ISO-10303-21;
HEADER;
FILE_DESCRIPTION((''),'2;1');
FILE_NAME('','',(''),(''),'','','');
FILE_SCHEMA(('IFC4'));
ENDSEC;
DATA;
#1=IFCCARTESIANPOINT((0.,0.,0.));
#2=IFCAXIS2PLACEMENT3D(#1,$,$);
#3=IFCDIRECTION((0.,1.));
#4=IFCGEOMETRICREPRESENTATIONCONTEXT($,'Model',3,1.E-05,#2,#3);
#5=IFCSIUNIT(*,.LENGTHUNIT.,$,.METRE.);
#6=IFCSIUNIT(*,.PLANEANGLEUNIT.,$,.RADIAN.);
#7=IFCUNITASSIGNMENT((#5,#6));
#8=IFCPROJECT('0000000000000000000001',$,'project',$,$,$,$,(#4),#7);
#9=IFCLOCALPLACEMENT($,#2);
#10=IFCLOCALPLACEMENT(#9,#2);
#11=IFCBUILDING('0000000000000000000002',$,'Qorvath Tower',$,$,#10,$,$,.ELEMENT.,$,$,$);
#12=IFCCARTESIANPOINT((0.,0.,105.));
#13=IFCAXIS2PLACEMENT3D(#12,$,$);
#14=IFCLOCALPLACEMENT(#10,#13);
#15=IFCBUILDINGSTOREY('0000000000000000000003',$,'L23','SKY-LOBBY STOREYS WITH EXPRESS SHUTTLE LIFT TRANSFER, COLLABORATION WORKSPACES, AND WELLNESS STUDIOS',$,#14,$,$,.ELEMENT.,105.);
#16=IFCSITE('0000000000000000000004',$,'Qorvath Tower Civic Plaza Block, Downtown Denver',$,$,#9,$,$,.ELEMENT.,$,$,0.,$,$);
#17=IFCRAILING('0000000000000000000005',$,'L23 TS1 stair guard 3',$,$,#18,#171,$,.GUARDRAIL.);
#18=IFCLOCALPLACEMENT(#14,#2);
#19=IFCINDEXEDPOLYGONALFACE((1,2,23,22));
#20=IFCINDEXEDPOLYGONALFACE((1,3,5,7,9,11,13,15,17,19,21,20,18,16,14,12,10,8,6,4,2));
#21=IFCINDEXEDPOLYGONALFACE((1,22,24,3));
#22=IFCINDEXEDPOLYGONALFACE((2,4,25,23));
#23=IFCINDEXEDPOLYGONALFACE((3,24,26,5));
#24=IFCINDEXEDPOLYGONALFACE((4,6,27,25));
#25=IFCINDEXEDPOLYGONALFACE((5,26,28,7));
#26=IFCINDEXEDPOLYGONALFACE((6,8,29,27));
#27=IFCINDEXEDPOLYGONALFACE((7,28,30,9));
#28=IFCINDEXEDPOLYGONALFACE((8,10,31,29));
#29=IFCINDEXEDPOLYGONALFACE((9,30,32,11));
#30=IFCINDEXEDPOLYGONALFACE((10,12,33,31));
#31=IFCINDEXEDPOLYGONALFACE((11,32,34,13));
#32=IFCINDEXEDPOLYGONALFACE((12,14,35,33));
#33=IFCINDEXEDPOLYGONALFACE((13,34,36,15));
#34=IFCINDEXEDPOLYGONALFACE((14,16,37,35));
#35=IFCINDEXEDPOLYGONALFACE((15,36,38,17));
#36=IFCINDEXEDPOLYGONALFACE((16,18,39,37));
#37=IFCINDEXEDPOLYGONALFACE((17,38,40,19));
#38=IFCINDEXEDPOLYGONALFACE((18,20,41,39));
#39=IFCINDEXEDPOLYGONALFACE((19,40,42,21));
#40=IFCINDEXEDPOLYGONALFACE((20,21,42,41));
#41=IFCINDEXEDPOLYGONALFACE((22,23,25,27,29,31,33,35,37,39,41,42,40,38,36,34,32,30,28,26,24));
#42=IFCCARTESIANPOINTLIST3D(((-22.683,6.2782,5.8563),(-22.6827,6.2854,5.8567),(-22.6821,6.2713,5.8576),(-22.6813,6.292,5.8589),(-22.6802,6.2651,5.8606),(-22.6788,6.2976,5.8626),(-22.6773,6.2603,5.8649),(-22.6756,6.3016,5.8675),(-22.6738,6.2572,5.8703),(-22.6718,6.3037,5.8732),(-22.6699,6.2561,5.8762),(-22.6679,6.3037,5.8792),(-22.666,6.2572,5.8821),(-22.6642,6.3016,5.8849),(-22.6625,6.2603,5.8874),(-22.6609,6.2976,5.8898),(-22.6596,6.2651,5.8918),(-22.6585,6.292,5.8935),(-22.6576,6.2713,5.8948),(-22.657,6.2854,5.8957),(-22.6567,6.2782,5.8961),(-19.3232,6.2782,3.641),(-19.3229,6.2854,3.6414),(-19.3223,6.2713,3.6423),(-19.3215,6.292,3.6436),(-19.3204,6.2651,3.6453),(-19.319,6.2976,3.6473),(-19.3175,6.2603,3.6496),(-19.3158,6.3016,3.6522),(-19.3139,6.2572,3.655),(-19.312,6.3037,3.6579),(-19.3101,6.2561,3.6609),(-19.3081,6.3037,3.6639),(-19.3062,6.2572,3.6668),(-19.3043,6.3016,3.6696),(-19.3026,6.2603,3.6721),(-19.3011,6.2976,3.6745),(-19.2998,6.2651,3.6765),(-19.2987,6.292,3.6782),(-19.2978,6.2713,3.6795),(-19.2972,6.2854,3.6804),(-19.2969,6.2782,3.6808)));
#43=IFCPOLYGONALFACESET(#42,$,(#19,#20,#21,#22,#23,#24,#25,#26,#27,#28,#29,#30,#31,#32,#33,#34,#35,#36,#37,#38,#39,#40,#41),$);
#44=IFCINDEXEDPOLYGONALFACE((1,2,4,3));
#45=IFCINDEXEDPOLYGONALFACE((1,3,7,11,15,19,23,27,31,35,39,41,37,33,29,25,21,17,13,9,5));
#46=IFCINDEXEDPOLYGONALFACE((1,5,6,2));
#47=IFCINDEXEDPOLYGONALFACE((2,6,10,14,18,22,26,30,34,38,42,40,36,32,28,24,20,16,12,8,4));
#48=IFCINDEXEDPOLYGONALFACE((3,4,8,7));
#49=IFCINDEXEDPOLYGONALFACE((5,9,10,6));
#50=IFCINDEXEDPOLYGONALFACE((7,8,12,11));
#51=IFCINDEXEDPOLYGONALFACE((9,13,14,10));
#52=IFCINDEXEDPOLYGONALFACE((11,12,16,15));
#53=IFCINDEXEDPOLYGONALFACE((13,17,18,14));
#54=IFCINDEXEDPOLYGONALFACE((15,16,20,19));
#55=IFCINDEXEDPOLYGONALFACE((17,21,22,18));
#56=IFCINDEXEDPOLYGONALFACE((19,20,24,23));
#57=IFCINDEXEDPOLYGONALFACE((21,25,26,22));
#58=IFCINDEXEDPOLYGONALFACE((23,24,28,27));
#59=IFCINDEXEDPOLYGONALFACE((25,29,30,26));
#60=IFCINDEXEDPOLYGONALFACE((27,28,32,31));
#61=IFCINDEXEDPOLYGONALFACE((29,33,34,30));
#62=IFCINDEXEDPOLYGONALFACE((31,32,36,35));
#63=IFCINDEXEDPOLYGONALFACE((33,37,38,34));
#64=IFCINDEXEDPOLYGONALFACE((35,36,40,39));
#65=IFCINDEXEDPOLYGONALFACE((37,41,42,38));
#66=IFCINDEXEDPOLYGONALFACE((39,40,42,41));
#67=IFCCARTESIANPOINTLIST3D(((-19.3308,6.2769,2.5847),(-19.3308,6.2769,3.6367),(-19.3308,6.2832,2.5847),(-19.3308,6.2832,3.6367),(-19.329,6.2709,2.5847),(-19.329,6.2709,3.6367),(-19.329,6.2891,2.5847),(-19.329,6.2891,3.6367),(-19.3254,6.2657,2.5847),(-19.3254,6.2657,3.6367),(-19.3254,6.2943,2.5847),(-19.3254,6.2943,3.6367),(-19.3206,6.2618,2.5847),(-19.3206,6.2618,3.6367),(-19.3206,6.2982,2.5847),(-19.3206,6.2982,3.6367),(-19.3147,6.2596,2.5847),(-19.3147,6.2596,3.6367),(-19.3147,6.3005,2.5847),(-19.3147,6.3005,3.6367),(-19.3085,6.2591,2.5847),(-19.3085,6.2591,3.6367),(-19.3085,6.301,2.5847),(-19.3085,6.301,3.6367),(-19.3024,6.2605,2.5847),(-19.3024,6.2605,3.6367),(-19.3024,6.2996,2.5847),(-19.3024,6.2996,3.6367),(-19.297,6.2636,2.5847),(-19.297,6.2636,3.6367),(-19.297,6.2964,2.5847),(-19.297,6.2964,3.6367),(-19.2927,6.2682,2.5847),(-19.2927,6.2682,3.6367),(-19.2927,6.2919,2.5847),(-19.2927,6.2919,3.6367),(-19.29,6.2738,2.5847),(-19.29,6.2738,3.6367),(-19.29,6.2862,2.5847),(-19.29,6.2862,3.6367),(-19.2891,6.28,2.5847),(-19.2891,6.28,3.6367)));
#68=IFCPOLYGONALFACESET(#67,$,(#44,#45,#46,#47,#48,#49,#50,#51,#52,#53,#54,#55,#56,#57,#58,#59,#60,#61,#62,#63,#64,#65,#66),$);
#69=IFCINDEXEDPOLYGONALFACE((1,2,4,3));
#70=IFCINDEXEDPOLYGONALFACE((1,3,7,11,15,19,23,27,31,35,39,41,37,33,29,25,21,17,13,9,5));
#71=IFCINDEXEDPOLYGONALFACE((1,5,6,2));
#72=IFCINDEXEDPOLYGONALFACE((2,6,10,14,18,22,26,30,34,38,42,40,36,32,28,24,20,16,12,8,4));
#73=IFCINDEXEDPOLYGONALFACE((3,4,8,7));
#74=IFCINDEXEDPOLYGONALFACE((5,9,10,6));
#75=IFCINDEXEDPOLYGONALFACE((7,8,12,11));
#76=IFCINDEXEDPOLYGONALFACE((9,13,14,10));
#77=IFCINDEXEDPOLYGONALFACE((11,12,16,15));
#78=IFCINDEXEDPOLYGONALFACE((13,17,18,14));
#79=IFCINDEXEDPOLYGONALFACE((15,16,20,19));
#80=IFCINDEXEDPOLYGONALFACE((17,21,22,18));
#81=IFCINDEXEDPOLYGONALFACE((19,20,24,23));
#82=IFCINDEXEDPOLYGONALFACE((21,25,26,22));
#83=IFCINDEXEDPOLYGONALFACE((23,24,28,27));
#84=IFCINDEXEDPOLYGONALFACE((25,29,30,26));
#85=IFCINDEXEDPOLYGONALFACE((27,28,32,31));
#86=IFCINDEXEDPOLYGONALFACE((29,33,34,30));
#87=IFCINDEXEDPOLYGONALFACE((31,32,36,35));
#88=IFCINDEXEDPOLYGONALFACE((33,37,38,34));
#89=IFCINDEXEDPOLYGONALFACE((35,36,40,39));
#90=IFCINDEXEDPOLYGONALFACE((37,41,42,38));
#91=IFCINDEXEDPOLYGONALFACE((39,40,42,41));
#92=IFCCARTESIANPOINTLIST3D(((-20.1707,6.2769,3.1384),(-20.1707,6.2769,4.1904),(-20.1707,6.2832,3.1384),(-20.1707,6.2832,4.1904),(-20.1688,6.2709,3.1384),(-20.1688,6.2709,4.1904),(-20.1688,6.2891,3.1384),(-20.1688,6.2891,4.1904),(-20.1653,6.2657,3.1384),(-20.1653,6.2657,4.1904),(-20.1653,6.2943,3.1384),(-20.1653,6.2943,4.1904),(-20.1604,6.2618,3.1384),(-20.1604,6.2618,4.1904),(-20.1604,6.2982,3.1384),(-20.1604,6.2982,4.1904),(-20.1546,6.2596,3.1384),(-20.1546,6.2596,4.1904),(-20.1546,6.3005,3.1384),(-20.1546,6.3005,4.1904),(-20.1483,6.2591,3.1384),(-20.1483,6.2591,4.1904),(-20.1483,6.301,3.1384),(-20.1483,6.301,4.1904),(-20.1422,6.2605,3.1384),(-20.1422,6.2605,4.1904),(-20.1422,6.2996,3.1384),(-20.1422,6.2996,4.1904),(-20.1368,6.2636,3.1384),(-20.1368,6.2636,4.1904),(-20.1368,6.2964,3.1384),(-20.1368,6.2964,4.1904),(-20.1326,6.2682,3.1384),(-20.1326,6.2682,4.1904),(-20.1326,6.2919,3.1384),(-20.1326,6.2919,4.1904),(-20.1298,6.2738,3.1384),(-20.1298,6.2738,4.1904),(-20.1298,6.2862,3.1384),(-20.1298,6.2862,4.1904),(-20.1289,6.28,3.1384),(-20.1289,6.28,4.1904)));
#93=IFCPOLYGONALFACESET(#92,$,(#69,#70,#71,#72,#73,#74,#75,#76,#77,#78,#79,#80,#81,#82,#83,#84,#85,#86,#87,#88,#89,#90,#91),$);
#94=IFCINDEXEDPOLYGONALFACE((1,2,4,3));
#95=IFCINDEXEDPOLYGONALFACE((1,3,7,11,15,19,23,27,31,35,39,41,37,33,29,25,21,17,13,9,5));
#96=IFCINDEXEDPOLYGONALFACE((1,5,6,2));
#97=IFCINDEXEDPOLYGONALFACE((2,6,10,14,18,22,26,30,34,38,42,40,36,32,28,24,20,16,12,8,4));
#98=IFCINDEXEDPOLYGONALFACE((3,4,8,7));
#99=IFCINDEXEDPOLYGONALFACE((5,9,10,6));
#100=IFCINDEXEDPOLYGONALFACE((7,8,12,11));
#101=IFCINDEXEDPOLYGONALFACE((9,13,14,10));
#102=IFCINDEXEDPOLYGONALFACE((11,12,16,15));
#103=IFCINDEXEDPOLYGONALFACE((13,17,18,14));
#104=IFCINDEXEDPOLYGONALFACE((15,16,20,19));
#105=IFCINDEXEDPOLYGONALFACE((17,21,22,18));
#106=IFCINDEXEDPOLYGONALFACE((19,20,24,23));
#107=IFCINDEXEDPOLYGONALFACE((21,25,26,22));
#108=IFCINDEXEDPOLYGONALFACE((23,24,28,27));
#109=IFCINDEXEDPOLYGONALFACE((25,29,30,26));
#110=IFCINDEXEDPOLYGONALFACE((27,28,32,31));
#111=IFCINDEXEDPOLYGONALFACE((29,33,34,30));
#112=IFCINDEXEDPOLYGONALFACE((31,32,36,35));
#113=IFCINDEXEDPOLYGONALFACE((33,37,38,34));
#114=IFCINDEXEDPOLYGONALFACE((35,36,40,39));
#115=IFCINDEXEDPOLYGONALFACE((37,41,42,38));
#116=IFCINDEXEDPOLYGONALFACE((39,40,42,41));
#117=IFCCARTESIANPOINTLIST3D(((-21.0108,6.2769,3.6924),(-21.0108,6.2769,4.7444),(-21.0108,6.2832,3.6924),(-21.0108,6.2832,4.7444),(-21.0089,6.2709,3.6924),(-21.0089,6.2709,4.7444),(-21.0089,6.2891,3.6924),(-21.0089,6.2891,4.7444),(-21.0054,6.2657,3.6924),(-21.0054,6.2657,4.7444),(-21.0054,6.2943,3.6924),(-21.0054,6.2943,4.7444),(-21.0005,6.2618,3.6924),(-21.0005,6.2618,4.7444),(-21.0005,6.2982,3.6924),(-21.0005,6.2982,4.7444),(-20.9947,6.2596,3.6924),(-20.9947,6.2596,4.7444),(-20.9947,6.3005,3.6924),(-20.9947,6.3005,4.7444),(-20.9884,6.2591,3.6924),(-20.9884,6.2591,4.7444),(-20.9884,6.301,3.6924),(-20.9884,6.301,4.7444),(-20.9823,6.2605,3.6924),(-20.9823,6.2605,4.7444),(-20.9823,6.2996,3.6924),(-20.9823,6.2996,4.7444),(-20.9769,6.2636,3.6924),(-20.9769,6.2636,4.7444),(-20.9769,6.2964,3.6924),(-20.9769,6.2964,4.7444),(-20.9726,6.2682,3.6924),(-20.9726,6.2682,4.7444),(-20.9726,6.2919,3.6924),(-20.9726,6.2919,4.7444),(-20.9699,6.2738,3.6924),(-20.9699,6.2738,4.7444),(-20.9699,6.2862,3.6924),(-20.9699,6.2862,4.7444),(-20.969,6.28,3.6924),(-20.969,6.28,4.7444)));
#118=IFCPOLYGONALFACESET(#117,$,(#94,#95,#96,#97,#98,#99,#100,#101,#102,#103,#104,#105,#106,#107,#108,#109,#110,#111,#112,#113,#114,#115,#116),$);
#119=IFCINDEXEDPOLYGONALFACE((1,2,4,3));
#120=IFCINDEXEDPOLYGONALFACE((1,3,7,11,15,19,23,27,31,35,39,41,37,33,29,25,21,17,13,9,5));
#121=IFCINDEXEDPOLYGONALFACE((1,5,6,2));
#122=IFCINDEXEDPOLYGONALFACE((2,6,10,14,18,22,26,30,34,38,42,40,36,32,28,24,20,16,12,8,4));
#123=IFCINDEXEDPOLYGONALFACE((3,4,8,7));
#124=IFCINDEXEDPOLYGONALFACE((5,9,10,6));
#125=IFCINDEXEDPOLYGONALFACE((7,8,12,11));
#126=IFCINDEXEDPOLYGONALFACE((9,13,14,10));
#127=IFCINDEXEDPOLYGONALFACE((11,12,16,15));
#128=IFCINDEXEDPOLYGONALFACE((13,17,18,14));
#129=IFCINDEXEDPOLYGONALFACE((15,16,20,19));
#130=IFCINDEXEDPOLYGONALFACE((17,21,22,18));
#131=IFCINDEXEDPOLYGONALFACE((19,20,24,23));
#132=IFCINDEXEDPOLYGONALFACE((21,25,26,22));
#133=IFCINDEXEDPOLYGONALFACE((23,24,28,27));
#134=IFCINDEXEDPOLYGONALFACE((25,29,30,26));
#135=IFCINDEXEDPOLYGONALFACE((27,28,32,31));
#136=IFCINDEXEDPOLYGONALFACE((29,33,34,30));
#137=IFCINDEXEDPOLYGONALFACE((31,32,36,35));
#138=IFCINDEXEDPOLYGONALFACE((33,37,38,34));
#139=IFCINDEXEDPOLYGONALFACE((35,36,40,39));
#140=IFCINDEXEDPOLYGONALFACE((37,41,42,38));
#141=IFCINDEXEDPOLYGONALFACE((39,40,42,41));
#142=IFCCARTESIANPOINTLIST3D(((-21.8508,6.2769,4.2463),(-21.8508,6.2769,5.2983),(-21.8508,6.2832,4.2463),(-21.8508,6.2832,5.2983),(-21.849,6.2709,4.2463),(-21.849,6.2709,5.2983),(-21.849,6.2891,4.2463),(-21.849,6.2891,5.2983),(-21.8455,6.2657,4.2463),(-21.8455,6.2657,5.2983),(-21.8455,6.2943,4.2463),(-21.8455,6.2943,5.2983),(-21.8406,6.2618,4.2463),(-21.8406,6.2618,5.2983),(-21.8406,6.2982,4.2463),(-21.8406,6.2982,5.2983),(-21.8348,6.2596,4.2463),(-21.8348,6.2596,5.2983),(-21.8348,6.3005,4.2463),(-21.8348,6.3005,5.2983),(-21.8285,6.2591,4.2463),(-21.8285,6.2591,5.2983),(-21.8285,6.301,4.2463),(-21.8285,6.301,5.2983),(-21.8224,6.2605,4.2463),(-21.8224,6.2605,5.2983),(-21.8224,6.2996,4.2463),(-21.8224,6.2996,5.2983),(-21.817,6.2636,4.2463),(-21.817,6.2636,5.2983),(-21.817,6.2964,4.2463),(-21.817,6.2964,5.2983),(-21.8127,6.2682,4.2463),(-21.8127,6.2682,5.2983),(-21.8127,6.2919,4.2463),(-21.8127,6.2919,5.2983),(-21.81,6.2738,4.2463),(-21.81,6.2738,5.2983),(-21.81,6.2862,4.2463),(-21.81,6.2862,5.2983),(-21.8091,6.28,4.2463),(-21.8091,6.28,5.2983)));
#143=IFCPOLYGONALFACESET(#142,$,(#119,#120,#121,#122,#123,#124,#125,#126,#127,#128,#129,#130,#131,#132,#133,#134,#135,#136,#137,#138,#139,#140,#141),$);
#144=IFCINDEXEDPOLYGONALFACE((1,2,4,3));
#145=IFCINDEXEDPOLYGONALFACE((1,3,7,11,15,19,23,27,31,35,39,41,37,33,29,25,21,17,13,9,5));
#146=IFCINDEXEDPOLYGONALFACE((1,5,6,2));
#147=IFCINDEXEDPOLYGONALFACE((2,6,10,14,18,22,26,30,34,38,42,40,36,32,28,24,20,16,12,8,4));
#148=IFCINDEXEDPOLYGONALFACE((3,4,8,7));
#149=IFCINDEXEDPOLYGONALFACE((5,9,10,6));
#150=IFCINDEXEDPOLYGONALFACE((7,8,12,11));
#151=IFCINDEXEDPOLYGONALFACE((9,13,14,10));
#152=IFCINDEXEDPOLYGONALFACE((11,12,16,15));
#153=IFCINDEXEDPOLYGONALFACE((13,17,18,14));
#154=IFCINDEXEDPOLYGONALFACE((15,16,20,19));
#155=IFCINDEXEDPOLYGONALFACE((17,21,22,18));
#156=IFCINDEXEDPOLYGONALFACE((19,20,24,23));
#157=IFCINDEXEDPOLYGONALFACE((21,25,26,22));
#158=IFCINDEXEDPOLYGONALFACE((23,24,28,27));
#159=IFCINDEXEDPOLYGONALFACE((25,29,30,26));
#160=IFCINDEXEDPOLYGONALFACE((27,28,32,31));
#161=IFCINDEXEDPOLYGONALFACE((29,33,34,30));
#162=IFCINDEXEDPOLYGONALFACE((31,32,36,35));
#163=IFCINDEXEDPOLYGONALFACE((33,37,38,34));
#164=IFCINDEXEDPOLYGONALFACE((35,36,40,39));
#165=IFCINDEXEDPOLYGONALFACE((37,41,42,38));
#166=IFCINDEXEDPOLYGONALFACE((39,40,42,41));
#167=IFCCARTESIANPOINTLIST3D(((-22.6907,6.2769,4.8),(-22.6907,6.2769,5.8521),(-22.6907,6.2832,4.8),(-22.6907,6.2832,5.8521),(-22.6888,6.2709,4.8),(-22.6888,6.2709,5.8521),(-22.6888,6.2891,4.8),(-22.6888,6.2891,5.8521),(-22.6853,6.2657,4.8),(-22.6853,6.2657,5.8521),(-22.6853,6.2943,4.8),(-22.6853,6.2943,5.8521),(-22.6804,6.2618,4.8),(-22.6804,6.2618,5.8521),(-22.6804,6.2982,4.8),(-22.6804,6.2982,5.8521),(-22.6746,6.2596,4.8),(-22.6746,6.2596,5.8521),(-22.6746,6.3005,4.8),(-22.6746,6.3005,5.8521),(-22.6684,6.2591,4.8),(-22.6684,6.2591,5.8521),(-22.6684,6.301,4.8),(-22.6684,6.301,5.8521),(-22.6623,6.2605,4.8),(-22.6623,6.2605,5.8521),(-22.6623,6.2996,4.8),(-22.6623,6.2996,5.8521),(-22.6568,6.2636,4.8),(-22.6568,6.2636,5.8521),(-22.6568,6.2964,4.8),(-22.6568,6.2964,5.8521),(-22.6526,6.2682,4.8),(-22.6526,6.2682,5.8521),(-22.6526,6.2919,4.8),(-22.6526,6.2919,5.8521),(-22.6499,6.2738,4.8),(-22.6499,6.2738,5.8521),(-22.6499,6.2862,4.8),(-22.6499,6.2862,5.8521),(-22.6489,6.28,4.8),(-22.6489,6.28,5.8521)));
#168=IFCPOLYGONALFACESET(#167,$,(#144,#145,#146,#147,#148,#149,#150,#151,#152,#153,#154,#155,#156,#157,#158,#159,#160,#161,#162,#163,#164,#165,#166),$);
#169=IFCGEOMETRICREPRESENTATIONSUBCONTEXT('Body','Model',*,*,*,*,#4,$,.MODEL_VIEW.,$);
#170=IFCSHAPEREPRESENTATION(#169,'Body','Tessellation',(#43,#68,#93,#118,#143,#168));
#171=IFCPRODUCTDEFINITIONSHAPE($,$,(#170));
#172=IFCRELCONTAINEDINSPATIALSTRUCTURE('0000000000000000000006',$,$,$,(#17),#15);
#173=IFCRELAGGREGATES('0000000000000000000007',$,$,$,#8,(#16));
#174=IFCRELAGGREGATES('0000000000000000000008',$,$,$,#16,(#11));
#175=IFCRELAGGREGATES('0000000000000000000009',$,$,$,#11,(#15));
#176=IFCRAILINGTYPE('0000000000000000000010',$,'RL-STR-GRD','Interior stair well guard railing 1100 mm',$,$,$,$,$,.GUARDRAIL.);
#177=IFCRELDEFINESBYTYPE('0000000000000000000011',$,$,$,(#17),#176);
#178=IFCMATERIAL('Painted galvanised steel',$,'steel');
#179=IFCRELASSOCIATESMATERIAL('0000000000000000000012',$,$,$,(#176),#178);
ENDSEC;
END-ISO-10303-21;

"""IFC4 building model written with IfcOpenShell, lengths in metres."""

from ifc_helpers import new_model, si_unit, direction, frame, origin, origin_2d, place, context, subcontext, project, spatial, circle, extrude, material, type_object, element, save


model = new_model("IFC4")

# Units and contexts
model_context = context("Model", 3, precision=1e-05, world=origin(), true_north=direction((0.0, 1.0)))
body_context = subcontext(model_context, "Body", "Model", "MODEL_VIEW")
ifc_project = project(units=[si_unit("LENGTHUNIT", "METRE"), si_unit("PLANEANGLEUNIT", "RADIAN")], contexts=[model_context])

# Site, building, storey
site_placement = place(None, origin())
site = spatial("IfcSite", under=ifc_project, at=site_placement, Name="Qorvath Tower Civic Plaza Block, Downtown Denver", CompositionType="ELEMENT", RefElevation=0.0)
building_placement = place(site_placement, origin())
building = spatial("IfcBuilding", under=site, at=building_placement, Name="Qorvath Tower", CompositionType="ELEMENT")
storey_placement = place(building_placement, frame((0.0, 0.0, 105.0)))
storey = spatial("IfcBuildingStorey", under=building, at=storey_placement, Name="L23", Description="SKY-LOBBY STOREYS WITH EXPRESS SHUTTLE LIFT TRANSFER, COLLABORATION WORKSPACES, AND WELLNESS STUDIOS", CompositionType="ELEMENT", Elevation=105.0)

# Railing
ifc_material_1 = material(Name="Painted galvanised steel", Category="steel")
railing_type_1 = type_object("IfcRailingType", Name="RL-STR-GRD", Description="Interior stair well guard railing 1100 mm", PredefinedType="GUARDRAIL", material=ifc_material_1)
railing_1_placement = place(storey_placement, frame((-19.3101, 6.28, 2.5847)))
element("IfcRailing", 1, at=railing_1_placement, inside=storey, type_object=railing_type_1, Name="L23 TS1 stair guard 3", PredefinedType="GUARDRAIL", context=body_context, shape_type="SweptSolid", body=[
    extrude(circle(Radius=0.0239, at=origin_2d()), frame((0.0, 0.0, 1.0762), z_axis=(-0.834858, 0.0, 0.550465), x_axis=(0.0, -1.0, 0.0)), (0.0, 0.0, 1.0), 4.0244),
    extrude(circle(Radius=0.021, at=origin_2d()), origin(), (0.0, 0.0, 1.0), 1.052),
    extrude(circle(Radius=0.021, at=origin_2d()), frame((-0.8398, 0.0, 0.5537)), (0.0, 0.0, 1.0), 1.052),
    extrude(circle(Radius=0.021, at=origin_2d()), frame((-1.6799, 0.0, 1.1077)), (0.0, 0.0, 1.0), 1.052),
    extrude(circle(Radius=0.021, at=origin_2d()), frame((-2.52, 0.0, 1.6616)), (0.0, 0.0, 1.0), 1.052),
    extrude(circle(Radius=0.021, at=origin_2d()), frame((-3.3599, 0.0, 2.2153)), (0.0, 0.0, 1.0), 1.052),
])

save(model, "model.ifc")
